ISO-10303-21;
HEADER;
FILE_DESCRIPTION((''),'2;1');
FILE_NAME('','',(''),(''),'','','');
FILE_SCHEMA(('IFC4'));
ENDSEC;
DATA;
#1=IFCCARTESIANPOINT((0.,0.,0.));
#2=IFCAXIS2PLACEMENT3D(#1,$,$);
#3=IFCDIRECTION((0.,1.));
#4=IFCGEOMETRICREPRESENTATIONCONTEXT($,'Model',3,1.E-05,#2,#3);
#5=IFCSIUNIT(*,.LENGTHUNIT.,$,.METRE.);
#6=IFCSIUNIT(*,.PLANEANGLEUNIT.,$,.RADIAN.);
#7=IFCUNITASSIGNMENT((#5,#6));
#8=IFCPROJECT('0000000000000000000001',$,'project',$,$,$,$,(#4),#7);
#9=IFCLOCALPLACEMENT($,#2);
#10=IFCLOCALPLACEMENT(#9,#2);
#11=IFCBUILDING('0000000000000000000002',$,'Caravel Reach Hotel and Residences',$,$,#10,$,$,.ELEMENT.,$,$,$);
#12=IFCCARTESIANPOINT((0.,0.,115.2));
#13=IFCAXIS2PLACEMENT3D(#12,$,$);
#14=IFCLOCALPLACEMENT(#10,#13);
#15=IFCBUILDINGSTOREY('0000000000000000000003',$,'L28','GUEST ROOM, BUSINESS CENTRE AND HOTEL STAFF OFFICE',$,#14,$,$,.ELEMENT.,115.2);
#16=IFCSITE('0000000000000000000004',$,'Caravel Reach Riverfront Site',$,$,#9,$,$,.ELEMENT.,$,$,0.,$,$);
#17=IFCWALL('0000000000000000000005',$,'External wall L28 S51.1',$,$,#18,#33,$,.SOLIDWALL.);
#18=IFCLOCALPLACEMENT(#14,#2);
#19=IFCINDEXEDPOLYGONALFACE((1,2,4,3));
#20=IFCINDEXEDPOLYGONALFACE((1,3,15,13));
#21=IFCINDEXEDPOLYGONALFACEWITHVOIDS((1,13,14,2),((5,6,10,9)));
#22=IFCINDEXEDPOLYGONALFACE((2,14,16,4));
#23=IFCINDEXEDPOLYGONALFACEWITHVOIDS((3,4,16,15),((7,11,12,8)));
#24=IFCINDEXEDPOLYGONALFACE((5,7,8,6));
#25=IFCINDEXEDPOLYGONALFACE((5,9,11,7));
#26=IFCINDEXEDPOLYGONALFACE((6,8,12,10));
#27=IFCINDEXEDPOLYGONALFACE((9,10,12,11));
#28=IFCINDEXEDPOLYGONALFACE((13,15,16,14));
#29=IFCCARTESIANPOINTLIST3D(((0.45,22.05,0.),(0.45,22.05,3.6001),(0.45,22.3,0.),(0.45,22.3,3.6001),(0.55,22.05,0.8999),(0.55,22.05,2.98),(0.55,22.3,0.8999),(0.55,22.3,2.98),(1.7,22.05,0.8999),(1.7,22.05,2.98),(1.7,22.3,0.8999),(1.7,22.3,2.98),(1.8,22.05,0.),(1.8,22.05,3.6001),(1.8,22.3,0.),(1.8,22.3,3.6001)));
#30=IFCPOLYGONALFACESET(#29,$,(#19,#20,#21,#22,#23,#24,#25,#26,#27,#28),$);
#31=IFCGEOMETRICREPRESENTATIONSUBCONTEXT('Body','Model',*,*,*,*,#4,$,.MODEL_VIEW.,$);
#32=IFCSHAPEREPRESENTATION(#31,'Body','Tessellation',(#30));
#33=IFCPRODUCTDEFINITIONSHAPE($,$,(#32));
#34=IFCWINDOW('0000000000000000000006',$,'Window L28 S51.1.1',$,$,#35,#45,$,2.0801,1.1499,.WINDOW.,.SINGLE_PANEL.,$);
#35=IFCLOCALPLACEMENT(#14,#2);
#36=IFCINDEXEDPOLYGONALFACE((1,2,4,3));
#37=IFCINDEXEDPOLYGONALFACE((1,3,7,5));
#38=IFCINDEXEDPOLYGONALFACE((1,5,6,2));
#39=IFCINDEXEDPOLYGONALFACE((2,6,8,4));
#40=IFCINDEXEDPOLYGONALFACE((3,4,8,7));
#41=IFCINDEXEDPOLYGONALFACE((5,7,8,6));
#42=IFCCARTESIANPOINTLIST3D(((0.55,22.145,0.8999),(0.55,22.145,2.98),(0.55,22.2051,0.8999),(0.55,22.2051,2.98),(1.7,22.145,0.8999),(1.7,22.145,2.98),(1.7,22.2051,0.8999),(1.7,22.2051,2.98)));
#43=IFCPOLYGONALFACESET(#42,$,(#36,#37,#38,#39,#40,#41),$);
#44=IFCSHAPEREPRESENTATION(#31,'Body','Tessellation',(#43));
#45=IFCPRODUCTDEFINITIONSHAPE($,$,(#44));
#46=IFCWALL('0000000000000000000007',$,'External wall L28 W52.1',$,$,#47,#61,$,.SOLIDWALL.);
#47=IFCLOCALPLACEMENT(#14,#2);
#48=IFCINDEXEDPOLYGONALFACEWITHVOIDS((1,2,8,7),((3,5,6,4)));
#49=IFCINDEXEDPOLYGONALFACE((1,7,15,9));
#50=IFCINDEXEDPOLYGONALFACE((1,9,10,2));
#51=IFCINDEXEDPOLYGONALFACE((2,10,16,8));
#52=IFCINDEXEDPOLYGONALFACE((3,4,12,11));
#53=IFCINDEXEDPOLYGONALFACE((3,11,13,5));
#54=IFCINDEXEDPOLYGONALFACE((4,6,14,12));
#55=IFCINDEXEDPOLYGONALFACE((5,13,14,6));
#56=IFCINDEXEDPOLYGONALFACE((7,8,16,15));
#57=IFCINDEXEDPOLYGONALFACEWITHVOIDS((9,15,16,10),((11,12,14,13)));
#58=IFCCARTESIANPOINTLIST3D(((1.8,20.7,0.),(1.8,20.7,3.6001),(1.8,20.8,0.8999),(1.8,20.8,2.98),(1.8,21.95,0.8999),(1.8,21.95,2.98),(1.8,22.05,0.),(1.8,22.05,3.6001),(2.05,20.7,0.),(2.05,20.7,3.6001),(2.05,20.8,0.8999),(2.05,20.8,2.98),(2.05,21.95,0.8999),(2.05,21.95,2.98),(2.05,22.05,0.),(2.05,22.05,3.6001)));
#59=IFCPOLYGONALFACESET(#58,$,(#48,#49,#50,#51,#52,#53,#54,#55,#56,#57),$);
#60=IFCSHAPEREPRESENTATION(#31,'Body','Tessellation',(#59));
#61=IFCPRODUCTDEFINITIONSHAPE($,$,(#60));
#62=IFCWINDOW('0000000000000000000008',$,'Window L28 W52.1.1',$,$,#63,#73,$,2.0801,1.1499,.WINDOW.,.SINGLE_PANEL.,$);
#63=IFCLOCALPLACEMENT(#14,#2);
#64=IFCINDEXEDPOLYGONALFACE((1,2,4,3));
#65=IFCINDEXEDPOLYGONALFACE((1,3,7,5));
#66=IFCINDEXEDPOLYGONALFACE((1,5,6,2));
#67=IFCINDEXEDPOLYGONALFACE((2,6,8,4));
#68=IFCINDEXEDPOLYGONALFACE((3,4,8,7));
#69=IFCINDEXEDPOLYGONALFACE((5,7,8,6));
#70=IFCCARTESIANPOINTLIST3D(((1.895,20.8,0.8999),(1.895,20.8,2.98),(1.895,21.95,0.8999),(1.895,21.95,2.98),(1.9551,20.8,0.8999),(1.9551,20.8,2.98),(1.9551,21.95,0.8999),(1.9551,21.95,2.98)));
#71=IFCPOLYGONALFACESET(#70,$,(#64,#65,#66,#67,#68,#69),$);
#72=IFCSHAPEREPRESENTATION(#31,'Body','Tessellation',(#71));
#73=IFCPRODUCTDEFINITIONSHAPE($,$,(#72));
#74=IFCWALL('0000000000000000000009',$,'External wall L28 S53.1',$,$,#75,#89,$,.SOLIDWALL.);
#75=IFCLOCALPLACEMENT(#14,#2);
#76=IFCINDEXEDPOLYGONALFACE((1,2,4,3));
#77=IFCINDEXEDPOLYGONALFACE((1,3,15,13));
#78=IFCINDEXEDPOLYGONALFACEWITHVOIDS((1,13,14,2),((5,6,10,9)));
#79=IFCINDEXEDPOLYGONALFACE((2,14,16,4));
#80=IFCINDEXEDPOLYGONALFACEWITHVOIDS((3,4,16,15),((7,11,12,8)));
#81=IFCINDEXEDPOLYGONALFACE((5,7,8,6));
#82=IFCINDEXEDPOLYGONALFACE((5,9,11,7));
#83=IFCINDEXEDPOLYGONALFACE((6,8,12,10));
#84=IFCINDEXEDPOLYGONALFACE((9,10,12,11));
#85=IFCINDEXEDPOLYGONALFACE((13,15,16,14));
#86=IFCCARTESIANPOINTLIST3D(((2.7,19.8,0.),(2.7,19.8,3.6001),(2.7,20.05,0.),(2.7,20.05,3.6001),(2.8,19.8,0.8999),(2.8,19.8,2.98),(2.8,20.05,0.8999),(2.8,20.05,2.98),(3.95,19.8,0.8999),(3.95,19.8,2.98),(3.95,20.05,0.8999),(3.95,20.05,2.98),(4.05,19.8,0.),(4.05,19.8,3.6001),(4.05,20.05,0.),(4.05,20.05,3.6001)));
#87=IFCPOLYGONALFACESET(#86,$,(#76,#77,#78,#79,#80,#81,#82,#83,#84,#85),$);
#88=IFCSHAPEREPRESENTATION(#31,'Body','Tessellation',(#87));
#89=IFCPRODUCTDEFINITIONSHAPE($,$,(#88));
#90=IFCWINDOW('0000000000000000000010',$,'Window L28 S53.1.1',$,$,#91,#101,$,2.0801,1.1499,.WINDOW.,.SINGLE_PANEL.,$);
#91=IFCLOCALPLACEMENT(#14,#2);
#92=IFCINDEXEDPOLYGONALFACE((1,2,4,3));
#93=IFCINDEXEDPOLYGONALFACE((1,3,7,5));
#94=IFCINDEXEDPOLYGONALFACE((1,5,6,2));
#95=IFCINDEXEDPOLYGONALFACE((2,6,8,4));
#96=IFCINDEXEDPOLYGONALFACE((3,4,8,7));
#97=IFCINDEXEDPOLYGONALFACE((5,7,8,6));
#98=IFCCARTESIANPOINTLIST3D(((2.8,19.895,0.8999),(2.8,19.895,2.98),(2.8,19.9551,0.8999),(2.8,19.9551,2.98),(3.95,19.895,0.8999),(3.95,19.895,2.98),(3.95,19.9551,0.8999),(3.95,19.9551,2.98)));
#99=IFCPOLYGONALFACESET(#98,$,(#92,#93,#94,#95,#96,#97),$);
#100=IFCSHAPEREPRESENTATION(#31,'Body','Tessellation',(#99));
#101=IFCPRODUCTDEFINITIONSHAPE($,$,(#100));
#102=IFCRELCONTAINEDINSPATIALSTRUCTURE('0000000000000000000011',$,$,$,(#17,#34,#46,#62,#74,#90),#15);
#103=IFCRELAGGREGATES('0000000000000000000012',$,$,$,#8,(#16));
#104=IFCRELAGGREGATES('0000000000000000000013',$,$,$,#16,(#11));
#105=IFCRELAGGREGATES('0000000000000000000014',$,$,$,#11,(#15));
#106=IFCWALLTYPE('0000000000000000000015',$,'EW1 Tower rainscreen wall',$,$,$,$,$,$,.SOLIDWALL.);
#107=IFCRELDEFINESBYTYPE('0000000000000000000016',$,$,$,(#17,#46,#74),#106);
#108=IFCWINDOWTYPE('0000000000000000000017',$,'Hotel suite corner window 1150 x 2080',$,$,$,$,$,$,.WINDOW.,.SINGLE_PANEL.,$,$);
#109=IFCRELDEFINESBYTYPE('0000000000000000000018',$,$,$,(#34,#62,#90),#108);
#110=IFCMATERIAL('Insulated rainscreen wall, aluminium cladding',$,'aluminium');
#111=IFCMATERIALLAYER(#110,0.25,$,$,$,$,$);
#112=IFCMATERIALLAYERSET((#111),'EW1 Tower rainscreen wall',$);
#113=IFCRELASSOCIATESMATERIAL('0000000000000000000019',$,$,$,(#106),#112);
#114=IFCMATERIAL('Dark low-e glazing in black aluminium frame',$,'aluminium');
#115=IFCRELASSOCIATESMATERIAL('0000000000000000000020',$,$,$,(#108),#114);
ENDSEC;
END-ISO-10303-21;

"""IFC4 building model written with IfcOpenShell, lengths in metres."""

from ifc_helpers import new_model, si_unit, direction, frame, frame_2d, origin, place, context, subcontext, project, spatial, rectangle, extrude, material, layer, layer_set, type_object, element, fill, save


model = new_model("IFC4")

# Units and contexts
model_context = context("Model", 3, precision=1e-05, world=origin(), true_north=direction((0.0, 1.0)))
body_context = subcontext(model_context, "Body", "Model", "MODEL_VIEW")
ifc_project = project(units=[si_unit("LENGTHUNIT", "METRE"), si_unit("PLANEANGLEUNIT", "RADIAN")], contexts=[model_context])

# Site, building, storey
site_placement = place(None, origin())
site = spatial("IfcSite", under=ifc_project, at=site_placement, Name="Caravel Reach Riverfront Site", CompositionType="ELEMENT", RefElevation=0.0)
building_placement = place(site_placement, origin())
building = spatial("IfcBuilding", under=site, at=building_placement, Name="Caravel Reach Hotel and Residences", CompositionType="ELEMENT")
storey_placement = place(building_placement, frame((0.0, 0.0, 115.2)))
storey = spatial("IfcBuildingStorey", under=building, at=storey_placement, Name="L28", Description="GUEST ROOM, BUSINESS CENTRE AND HOTEL STAFF OFFICE", CompositionType="ELEMENT", Elevation=115.2)

# Walls, openings, windows
ifc_material_1 = material(Name="Insulated rainscreen wall, aluminium cladding", Category="aluminium")
ifc_layer = layer(ifc_material_1, 0.25)
ifc_layer_set = layer_set([ifc_layer], Name="EW1 Tower rainscreen wall")
wall_type = type_object("IfcWallType", Name="EW1 Tower rainscreen wall", PredefinedType="SOLIDWALL", material=ifc_layer_set)
wall_1_placement = place(storey_placement, frame((0.45, 22.175, 0.0), z_axis=(0.0, 0.0, 1.0), x_axis=(1.0, 0.0, 0.0)))
wall_1 = element("IfcWall", 1, at=wall_1_placement, inside=storey, type_object=wall_type, Name="External wall L28 S51.1", PredefinedType="SOLIDWALL", context=body_context, shape_type="SweptSolid", body=[
    extrude(rectangle(XDim=1.3501, YDim=0.25, at=frame_2d((0.675, 0.0))), origin(), (0.0, 0.0, 1.0), 3.6001),
])
opening_1_placement = place(wall_1_placement, frame((0.1001, 0.0, 0.8999)))
opening_1 = element("IfcOpeningElement", 2, at=opening_1_placement, cuts=wall_1, PredefinedType="OPENING", context=body_context, shape_type="SweptSolid", body=[
    extrude(rectangle(XDim=1.1499, YDim=2.0801, at=frame_2d((0.575, 1.04))), frame((0.0, 0.135, 0.0), z_axis=(0.0, -1.0, 0.0), x_axis=(1.0, 0.0, 0.0)), (0.0, 0.0, 1.0), 0.27),
])
ifc_material_2 = material(Name="Dark low-e glazing in black aluminium frame", Category="aluminium")
window_type = type_object("IfcWindowType", Name="Hotel suite corner window 1150 x 2080", PartitioningType="SINGLE_PANEL", PredefinedType="WINDOW", material=ifc_material_2)
window_1_placement = place(opening_1_placement, origin())
window_1 = element("IfcWindow", 3, at=window_1_placement, inside=storey, type_object=window_type, Name="Window L28 S51.1.1", OverallHeight=2.0801, OverallWidth=1.1499, PartitioningType="SINGLE_PANEL", PredefinedType="WINDOW", context=body_context, shape_type="SweptSolid", body=[
    extrude(rectangle(XDim=1.1499, YDim=2.0801, at=frame_2d((0.575, 1.04))), frame((0.0, 0.03, 0.0), z_axis=(0.0, -1.0, 0.0), x_axis=(1.0, 0.0, 0.0)), (0.0, 0.0, 1.0), 0.0601),
])
fill(opening_1, window_1)
wall_2_placement = place(storey_placement, frame((1.925, 22.05, 0.0), z_axis=(0.0, 0.0, 1.0), x_axis=(0.0, -1.0, 0.0)))
wall_2 = element("IfcWall", 4, at=wall_2_placement, inside=storey, type_object=wall_type, Name="External wall L28 W52.1", PredefinedType="SOLIDWALL", context=body_context, shape_type="SweptSolid", body=[
    extrude(rectangle(XDim=1.3501, YDim=0.25, at=frame_2d((0.675, 0.0))), origin(), (0.0, 0.0, 1.0), 3.6001),
])
opening_2_placement = place(wall_2_placement, frame((0.1001, 0.0, 0.8999)))
opening_2 = element("IfcOpeningElement", 5, at=opening_2_placement, cuts=wall_2, PredefinedType="OPENING", context=body_context, shape_type="SweptSolid", body=[
    extrude(rectangle(XDim=1.1499, YDim=2.0801, at=frame_2d((0.575, 1.04))), frame((0.0, 0.135, 0.0), z_axis=(0.0, -1.0, 0.0), x_axis=(1.0, 0.0, 0.0)), (0.0, 0.0, 1.0), 0.27),
])
window_2_placement = place(opening_2_placement, origin())
window_2 = element("IfcWindow", 6, at=window_2_placement, inside=storey, type_object=window_type, Name="Window L28 W52.1.1", OverallHeight=2.0801, OverallWidth=1.1499, PartitioningType="SINGLE_PANEL", PredefinedType="WINDOW", context=body_context, shape_type="SweptSolid", body=[
    extrude(rectangle(XDim=1.1499, YDim=2.0801, at=frame_2d((0.575, 1.04))), frame((0.0, 0.03, 0.0), z_axis=(0.0, -1.0, 0.0), x_axis=(1.0, 0.0, 0.0)), (0.0, 0.0, 1.0), 0.0601),
])
fill(opening_2, window_2)
wall_3_placement = place(storey_placement, frame((2.7, 19.925, 0.0), z_axis=(0.0, 0.0, 1.0), x_axis=(1.0, 0.0, 0.0)))
wall_3 = element("IfcWall", 7, at=wall_3_placement, inside=storey, type_object=wall_type, Name="External wall L28 S53.1", PredefinedType="SOLIDWALL", context=body_context, shape_type="SweptSolid", body=[
    extrude(rectangle(XDim=1.3501, YDim=0.25, at=frame_2d((0.675, 0.0))), origin(), (0.0, 0.0, 1.0), 3.6001),
])
opening_3_placement = place(wall_3_placement, frame((0.1001, 0.0, 0.8999)))
opening_3 = element("IfcOpeningElement", 8, at=opening_3_placement, cuts=wall_3, PredefinedType="OPENING", context=body_context, shape_type="SweptSolid", body=[
    extrude(rectangle(XDim=1.1499, YDim=2.0801, at=frame_2d((0.575, 1.04))), frame((0.0, 0.135, 0.0), z_axis=(0.0, -1.0, 0.0), x_axis=(1.0, 0.0, 0.0)), (0.0, 0.0, 1.0), 0.27),
])
window_3_placement = place(opening_3_placement, origin())
window_3 = element("IfcWindow", 9, at=window_3_placement, inside=storey, type_object=window_type, Name="Window L28 S53.1.1", OverallHeight=2.0801, OverallWidth=1.1499, PartitioningType="SINGLE_PANEL", PredefinedType="WINDOW", context=body_context, shape_type="SweptSolid", body=[
    extrude(rectangle(XDim=1.1499, YDim=2.0801, at=frame_2d((0.575, 1.04))), frame((0.0, 0.03, 0.0), z_axis=(0.0, -1.0, 0.0), x_axis=(1.0, 0.0, 0.0)), (0.0, 0.0, 1.0), 0.0601),
])
fill(opening_3, window_3)

save(model, "model.ifc")
